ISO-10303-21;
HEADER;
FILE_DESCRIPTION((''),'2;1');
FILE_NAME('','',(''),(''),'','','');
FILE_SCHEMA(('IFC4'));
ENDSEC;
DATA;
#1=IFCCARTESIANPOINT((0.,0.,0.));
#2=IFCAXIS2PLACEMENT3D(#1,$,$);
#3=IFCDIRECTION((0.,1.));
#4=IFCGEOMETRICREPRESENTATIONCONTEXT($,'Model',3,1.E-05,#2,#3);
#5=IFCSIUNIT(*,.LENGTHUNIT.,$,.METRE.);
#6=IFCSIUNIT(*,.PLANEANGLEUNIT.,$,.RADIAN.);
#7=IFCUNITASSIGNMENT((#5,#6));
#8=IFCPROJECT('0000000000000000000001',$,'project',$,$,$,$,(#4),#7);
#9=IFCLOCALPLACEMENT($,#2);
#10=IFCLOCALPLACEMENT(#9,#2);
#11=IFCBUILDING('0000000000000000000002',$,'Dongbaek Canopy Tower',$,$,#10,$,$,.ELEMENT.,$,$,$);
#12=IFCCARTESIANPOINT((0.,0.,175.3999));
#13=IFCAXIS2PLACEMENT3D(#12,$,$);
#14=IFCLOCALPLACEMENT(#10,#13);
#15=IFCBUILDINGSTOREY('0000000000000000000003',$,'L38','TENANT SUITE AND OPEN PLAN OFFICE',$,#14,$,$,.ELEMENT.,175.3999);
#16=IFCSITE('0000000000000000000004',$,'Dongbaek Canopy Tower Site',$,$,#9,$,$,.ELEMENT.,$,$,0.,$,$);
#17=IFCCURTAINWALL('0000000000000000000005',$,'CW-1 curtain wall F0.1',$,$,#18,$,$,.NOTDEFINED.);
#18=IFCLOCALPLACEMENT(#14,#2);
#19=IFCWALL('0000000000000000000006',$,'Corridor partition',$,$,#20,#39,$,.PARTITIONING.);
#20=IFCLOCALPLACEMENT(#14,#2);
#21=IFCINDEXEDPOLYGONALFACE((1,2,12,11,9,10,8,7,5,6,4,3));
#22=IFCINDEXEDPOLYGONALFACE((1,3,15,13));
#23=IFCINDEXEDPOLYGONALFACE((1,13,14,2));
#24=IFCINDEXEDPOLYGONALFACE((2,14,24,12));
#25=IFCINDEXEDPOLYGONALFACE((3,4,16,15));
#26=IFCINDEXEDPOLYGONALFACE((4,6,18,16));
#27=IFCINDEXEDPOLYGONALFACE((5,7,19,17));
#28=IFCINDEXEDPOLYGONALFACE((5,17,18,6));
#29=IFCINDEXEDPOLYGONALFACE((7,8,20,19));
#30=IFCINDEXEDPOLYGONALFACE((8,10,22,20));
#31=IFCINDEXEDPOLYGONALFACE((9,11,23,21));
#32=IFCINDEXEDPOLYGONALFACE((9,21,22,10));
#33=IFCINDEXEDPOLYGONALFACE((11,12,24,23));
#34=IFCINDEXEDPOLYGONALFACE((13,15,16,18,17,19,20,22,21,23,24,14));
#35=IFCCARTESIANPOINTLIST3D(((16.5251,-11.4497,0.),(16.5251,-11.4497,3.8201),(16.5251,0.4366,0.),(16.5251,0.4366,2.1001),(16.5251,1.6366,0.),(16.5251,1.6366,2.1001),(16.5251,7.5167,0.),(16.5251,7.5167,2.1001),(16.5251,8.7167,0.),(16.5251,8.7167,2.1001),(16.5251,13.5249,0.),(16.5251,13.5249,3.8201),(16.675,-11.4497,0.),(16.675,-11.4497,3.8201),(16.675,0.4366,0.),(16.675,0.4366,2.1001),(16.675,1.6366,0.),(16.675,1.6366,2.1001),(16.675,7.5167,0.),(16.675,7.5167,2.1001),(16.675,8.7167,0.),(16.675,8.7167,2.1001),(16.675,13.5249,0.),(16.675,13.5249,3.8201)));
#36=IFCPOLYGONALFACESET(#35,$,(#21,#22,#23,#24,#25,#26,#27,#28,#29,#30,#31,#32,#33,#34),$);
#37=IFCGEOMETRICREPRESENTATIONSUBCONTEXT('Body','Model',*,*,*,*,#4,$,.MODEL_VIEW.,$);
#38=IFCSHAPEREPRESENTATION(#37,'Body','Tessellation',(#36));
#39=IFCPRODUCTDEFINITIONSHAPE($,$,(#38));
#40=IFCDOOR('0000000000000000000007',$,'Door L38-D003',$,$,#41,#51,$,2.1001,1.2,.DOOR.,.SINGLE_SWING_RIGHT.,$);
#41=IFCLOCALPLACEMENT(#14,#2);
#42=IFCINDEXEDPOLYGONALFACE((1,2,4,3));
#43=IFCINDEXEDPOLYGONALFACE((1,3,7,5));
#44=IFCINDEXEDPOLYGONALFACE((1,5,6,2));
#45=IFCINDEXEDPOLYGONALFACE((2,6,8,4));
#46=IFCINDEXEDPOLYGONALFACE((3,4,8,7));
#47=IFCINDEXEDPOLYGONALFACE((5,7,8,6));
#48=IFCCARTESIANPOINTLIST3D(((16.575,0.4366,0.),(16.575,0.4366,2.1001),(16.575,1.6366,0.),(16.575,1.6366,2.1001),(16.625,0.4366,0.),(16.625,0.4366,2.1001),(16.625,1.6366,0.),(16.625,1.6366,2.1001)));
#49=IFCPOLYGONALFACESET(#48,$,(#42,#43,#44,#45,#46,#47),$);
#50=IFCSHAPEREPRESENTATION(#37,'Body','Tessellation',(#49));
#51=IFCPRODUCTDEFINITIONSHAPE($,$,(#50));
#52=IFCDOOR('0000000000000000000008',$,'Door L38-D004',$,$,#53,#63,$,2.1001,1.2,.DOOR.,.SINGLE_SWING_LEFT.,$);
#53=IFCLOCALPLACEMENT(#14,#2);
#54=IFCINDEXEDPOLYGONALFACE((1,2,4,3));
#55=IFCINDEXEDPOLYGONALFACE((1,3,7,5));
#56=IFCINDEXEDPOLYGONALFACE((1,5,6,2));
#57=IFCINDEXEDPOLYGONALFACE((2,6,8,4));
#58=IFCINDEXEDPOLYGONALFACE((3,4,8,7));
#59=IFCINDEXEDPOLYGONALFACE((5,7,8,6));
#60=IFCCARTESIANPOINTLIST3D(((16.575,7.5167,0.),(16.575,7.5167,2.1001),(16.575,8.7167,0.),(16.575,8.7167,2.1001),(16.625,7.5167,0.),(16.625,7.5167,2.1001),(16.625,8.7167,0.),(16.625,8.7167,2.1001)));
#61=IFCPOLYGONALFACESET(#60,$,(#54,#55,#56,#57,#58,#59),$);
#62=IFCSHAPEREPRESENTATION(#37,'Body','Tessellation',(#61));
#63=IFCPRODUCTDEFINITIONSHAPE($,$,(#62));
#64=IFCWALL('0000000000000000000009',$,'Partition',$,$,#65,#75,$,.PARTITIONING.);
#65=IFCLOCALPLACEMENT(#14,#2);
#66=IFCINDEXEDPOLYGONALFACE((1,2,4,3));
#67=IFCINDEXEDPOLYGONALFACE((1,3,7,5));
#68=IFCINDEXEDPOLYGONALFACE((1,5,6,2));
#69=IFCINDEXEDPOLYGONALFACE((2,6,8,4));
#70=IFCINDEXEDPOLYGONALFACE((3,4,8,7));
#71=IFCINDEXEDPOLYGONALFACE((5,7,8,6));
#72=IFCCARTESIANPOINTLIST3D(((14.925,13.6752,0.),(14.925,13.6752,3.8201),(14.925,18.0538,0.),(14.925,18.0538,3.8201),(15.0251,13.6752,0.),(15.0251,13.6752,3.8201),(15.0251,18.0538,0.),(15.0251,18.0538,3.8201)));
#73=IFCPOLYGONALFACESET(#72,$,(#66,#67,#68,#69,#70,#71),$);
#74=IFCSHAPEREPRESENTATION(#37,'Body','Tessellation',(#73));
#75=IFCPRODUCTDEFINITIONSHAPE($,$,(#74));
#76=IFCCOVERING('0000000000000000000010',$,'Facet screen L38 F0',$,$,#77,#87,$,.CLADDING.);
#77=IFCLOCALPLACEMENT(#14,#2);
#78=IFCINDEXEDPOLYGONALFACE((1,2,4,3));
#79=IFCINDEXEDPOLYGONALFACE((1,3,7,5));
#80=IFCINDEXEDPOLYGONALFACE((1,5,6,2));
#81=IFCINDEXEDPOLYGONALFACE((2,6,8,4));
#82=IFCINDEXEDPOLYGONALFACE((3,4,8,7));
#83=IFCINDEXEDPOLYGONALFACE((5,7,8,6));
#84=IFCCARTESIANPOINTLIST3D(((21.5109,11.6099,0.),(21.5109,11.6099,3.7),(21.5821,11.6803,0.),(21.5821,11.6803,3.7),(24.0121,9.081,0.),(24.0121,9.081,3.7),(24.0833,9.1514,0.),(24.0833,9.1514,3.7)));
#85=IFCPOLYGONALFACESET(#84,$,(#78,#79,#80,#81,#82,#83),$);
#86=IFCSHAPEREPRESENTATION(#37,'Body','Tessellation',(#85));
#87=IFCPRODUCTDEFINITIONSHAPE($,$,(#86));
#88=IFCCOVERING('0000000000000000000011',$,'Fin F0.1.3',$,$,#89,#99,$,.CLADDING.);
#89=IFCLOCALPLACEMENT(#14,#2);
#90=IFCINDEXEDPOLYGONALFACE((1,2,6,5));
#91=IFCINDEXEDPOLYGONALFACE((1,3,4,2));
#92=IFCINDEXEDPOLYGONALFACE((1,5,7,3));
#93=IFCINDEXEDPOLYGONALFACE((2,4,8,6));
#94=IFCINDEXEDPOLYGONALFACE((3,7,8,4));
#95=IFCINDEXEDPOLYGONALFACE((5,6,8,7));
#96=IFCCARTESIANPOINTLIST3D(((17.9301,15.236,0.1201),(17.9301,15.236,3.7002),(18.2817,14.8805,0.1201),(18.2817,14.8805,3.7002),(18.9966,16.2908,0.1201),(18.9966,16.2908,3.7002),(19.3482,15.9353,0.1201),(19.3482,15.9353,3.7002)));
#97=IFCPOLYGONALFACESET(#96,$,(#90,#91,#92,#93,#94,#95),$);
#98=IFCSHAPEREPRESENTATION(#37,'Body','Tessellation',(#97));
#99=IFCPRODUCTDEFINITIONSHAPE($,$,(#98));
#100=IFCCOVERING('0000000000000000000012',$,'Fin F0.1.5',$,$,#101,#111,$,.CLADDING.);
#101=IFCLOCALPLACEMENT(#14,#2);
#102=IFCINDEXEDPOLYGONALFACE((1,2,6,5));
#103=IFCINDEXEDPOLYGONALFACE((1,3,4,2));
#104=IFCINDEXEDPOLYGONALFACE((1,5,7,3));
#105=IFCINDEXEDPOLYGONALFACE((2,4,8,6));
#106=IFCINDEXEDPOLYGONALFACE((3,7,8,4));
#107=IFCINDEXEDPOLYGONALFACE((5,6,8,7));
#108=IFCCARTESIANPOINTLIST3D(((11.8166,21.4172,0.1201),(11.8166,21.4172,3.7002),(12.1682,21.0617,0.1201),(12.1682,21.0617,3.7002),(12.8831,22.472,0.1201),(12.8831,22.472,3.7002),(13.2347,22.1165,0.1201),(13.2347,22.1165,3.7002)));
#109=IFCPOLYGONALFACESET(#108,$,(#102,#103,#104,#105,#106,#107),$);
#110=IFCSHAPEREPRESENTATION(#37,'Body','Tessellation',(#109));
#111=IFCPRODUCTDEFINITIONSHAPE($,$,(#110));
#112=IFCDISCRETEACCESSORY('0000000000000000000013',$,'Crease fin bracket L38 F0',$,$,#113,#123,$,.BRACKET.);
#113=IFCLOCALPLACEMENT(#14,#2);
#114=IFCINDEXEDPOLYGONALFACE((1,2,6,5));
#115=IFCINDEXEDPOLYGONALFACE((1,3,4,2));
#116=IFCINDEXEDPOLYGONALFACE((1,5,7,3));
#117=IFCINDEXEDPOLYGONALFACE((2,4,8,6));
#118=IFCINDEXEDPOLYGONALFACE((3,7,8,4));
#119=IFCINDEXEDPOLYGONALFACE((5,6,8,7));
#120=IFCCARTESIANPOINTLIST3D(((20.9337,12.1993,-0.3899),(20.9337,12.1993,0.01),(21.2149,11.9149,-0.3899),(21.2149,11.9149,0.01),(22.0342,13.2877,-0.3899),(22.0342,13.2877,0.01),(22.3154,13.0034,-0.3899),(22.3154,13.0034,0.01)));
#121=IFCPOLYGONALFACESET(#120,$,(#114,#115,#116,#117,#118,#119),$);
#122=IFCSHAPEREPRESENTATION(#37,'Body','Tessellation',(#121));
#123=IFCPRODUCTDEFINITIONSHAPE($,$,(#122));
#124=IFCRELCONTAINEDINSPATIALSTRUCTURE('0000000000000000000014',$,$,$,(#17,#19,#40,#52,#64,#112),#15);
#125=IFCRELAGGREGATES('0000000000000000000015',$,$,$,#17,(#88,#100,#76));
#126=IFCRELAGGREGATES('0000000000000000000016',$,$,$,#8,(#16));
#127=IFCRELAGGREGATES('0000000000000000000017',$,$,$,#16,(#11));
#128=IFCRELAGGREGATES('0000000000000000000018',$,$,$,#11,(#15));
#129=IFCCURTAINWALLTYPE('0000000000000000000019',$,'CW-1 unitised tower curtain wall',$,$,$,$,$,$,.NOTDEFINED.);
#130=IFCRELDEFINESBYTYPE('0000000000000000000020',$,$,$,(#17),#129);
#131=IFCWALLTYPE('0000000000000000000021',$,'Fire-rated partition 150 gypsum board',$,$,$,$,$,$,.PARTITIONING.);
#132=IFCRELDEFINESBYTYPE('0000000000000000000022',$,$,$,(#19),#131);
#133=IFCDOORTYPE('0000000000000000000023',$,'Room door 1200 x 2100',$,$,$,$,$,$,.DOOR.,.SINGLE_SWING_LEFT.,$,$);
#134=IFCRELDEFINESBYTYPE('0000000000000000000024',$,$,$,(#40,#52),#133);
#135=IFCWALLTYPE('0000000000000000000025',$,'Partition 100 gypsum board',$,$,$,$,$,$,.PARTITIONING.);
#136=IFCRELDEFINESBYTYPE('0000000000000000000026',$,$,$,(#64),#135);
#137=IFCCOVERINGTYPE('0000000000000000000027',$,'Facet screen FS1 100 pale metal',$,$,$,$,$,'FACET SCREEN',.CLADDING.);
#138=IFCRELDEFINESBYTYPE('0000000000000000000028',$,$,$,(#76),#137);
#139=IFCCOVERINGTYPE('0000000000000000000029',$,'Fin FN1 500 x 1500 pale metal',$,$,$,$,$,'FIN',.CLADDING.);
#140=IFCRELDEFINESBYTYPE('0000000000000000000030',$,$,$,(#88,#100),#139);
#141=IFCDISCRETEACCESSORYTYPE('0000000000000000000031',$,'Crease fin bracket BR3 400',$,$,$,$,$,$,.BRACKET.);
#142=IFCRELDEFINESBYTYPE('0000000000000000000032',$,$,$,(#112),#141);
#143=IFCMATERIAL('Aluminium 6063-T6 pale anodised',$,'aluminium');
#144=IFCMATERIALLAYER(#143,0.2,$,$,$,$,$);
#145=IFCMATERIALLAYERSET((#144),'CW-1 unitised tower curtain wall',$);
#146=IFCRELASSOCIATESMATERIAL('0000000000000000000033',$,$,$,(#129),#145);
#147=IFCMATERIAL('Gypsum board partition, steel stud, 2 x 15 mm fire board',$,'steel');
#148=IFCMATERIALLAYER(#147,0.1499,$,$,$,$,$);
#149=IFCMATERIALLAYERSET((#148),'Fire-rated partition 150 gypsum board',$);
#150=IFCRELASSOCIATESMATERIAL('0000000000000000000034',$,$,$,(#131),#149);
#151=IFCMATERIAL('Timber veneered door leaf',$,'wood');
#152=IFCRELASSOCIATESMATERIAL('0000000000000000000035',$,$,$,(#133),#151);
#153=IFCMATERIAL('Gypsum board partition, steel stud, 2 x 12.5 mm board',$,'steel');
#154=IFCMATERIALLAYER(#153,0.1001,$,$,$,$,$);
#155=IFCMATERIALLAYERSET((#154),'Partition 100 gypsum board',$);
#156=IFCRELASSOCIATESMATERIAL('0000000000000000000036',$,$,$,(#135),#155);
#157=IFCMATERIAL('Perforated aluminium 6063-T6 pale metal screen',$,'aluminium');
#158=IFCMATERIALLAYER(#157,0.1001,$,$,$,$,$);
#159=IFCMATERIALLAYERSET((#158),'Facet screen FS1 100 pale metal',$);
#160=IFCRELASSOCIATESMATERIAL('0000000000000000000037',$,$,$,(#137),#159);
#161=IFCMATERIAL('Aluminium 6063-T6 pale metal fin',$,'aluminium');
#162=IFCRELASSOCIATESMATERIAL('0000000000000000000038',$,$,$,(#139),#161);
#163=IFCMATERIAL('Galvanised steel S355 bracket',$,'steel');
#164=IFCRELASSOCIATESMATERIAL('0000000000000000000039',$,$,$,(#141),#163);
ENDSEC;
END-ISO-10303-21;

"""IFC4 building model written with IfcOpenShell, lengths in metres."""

from ifc_helpers import new_model, si_unit, direction, frame, frame_2d, origin, origin_2d, place, context, subcontext, project, spatial, rectangle, extrude, material, layer, layer_set, material_profile, profile_set, type_object, element, fill, aggregate, save


model = new_model("IFC4")

# Units and contexts
model_context = context("Model", 3, precision=1e-05, world=origin(), true_north=direction((0.0, 1.0)))
body_context = subcontext(model_context, "Body", "Model", "MODEL_VIEW")
ifc_project = project(units=[si_unit("LENGTHUNIT", "METRE"), si_unit("PLANEANGLEUNIT", "RADIAN")], contexts=[model_context])

# Site, building, storey
site_placement = place(None, origin())
site = spatial("IfcSite", under=ifc_project, at=site_placement, Name="Dongbaek Canopy Tower Site", CompositionType="ELEMENT", RefElevation=0.0)
building_placement = place(site_placement, origin())
building = spatial("IfcBuilding", under=site, at=building_placement, Name="Dongbaek Canopy Tower", CompositionType="ELEMENT")
storey_placement = place(building_placement, frame((0.0, 0.0, 175.3999)))
storey = spatial("IfcBuildingStorey", under=building, at=storey_placement, Name="L38", Description="TENANT SUITE AND OPEN PLAN OFFICE", CompositionType="ELEMENT", Elevation=175.3999)

# Curtain wall
ifc_material_1 = material(Name="Aluminium 6063-T6 pale anodised", Category="aluminium")
ifc_layer_1 = layer(ifc_material_1, 0.2)
ifc_layer_set_1 = layer_set([ifc_layer_1], Name="CW-1 unitised tower curtain wall")
curtain_wall_type = type_object("IfcCurtainWallType", Name="CW-1 unitised tower curtain wall", PredefinedType="NOTDEFINED", material=ifc_layer_set_1)
curtain_wall_placement = place(storey_placement, origin())
curtain_wall = element("IfcCurtainWall", 1, at=curtain_wall_placement, inside=storey, type_object=curtain_wall_type, Name="CW-1 curtain wall F0.1", PredefinedType="NOTDEFINED")

# Wall, openings, doors
ifc_material_2 = material(Name="Gypsum board partition, steel stud, 2 x 15 mm fire board", Category="steel")
ifc_layer_2 = layer(ifc_material_2, 0.1499)
ifc_layer_set_2 = layer_set([ifc_layer_2], Name="Fire-rated partition 150 gypsum board")
wall_type_1 = type_object("IfcWallType", Name="Fire-rated partition 150 gypsum board", PredefinedType="PARTITIONING", material=ifc_layer_set_2)
wall_1_placement = place(storey_placement, frame((16.6001, 13.5249, 0.0), z_axis=(0.0, 0.0, 1.0), x_axis=(0.0, -1.0, 0.0)))
wall_1 = element("IfcWall", 2, at=wall_1_placement, inside=storey, type_object=wall_type_1, Name="Corridor partition", PredefinedType="PARTITIONING", context=body_context, shape_type="SweptSolid", body=[
    extrude(rectangle(XDim=24.9746, YDim=0.1499, at=frame_2d((12.4873, 0.0))), origin(), (0.0, 0.0, 1.0), 3.8201),
])
opening_1_placement = place(wall_1_placement, frame((11.8882, 0.0, 0.0)))
opening_1 = element("IfcOpeningElement", 3, at=opening_1_placement, cuts=wall_1, PredefinedType="OPENING", context=body_context, shape_type="SweptSolid", body=[
    extrude(rectangle(XDim=1.2, YDim=2.1001, at=frame_2d((0.6001, 1.05))), frame((0.0, 0.085, 0.0), z_axis=(0.0, -1.0, 0.0), x_axis=(1.0, 0.0, 0.0)), (0.0, 0.0, 1.0), 0.1699),
])
opening_2_placement = place(wall_1_placement, frame((4.8081, 0.0, 0.0)))
opening_2 = element("IfcOpeningElement", 4, at=opening_2_placement, cuts=wall_1, PredefinedType="OPENING", context=body_context, shape_type="SweptSolid", body=[
    extrude(rectangle(XDim=1.2, YDim=2.1001, at=frame_2d((0.6001, 1.05))), frame((0.0, 0.085, 0.0), z_axis=(0.0, -1.0, 0.0), x_axis=(1.0, 0.0, 0.0)), (0.0, 0.0, 1.0), 0.1699),
])
ifc_material_3 = material(Name="Timber veneered door leaf", Category="wood")
door_type = type_object("IfcDoorType", Name="Room door 1200 x 2100", OperationType="SINGLE_SWING_LEFT", PredefinedType="DOOR", material=ifc_material_3)
door_1_placement = place(opening_1_placement, origin())
door_1 = element("IfcDoor", 5, at=door_1_placement, inside=storey, type_object=door_type, Name="Door L38-D003", OperationType="SINGLE_SWING_RIGHT", OverallHeight=2.1001, OverallWidth=1.2, PredefinedType="DOOR", context=body_context, shape_type="SweptSolid", body=[
    extrude(rectangle(XDim=1.2, YDim=2.1001, at=frame_2d((0.6001, 1.05))), frame((0.0, 0.0249, 0.0), z_axis=(0.0, -1.0, 0.0), x_axis=(1.0, 0.0, 0.0)), (0.0, 0.0, 1.0), 0.05),
])
fill(opening_1, door_1)
door_2_placement = place(opening_2_placement, origin())
door_2 = element("IfcDoor", 6, at=door_2_placement, inside=storey, type_object=door_type, Name="Door L38-D004", OperationType="SINGLE_SWING_LEFT", OverallHeight=2.1001, OverallWidth=1.2, PredefinedType="DOOR", context=body_context, shape_type="SweptSolid", body=[
    extrude(rectangle(XDim=1.2, YDim=2.1001, at=frame_2d((0.6001, 1.05))), frame((0.0, 0.0249, 0.0), z_axis=(0.0, -1.0, 0.0), x_axis=(1.0, 0.0, 0.0)), (0.0, 0.0, 1.0), 0.05),
])
fill(opening_2, door_2)

# Wall
ifc_material_4 = material(Name="Gypsum board partition, steel stud, 2 x 12.5 mm board", Category="steel")
ifc_layer_3 = layer(ifc_material_4, 0.1001)
ifc_layer_set_3 = layer_set([ifc_layer_3], Name="Partition 100 gypsum board")
wall_type_2 = type_object("IfcWallType", Name="Partition 100 gypsum board", PredefinedType="PARTITIONING", material=ifc_layer_set_3)
wall_2_placement = place(storey_placement, frame((14.9751, 13.675, 0.0), z_axis=(0.0, 0.0, 1.0), x_axis=(0.0, 1.0, 0.0)))
element("IfcWall", 7, at=wall_2_placement, inside=storey, type_object=wall_type_2, Name="Partition", PredefinedType="PARTITIONING", context=body_context, shape_type="SweptSolid", body=[
    extrude(rectangle(XDim=4.3787, YDim=0.1001, at=frame_2d((2.1895, 0.0))), origin(), (0.0, 0.0, 1.0), 3.8201),
])

# Coverings
ifc_material_5 = material(Name="Perforated aluminium 6063-T6 pale metal screen", Category="aluminium")
ifc_layer_4 = layer(ifc_material_5, 0.1001)
ifc_layer_set_4 = layer_set([ifc_layer_4], Name="Facet screen FS1 100 pale metal")
covering_type_1 = type_object("IfcCoveringType", Name="Facet screen FS1 100 pale metal", ElementType="FACET SCREEN", PredefinedType="CLADDING", material=ifc_layer_set_4)
covering_1_placement = place(storey_placement, frame((22.7971, 10.3806, 0.0), z_axis=(0.0, 0.0, 1.0), x_axis=(-0.703201, 0.710991, 0.0)))
covering_1 = element("IfcCovering", 8, at=covering_1_placement, type_object=covering_type_1, Name="Facet screen L38 F0", PredefinedType="CLADDING", context=body_context, shape_type="SweptSolid", body=[
    extrude(rectangle(XDim=3.5569, YDim=0.1001, at=origin_2d()), origin(), (0.0, 0.0, 1.0), 3.7),
])
ifc_material_6 = material(Name="Aluminium 6063-T6 pale metal fin", Category="aluminium")
ifc_material_profile_1 = material_profile(ifc_material_6, rectangle(XDim=1.5, YDim=0.5, at=origin_2d()), Name="Fin FN1 500 x 1500 pale metal")
ifc_profile_set_1 = profile_set([ifc_material_profile_1], Name="Aluminium 6063-T6 pale metal fin")
covering_type_2 = type_object("IfcCoveringType", Name="Fin FN1 500 x 1500 pale metal", ElementType="FIN", PredefinedType="CLADDING", material=ifc_profile_set_1)
covering_2_placement = place(storey_placement, frame((18.6392, 15.5857, 0.1201), z_axis=(0.0, 0.0, 1.0), x_axis=(0.710991, 0.703201, 0.0)))
covering_2 = element("IfcCovering", 9, at=covering_2_placement, type_object=covering_type_2, Name="Fin F0.1.3", PredefinedType="CLADDING", context=body_context, shape_type="SweptSolid", body=[
    extrude(rectangle(XDim=1.5, YDim=0.5, at=origin_2d()), origin(), (0.0, 0.0, 1.0), 3.5801),
])
covering_3_placement = place(storey_placement, frame((12.5256, 21.7668, 0.1201), z_axis=(0.0, 0.0, 1.0), x_axis=(0.710991, 0.703201, 0.0)))
covering_3 = element("IfcCovering", 10, at=covering_3_placement, type_object=covering_type_2, Name="Fin F0.1.5", PredefinedType="CLADDING", context=body_context, shape_type="SweptSolid", body=[
    extrude(rectangle(XDim=1.5, YDim=0.5, at=origin_2d()), origin(), (0.0, 0.0, 1.0), 3.5801),
])
aggregate(curtain_wall, [covering_2, covering_3, covering_1])

# Discrete accessory
ifc_material_7 = material(Name="Galvanised steel S355 bracket", Category="steel")
discrete_accessory_type = type_object("IfcDiscreteAccessoryType", Name="Crease fin bracket BR3 400", PredefinedType="BRACKET", material=ifc_material_7)
discrete_accessory_placement = place(storey_placement, frame((21.6245, 12.6013, -0.3899), z_axis=(0.0, 0.0, 1.0), x_axis=(0.710991, 0.703201, 0.0)))
element("IfcDiscreteAccessory", 11, at=discrete_accessory_placement, inside=storey, type_object=discrete_accessory_type, Name="Crease fin bracket L38 F0", PredefinedType="BRACKET", context=body_context, shape_type="SweptSolid", body=[
    extrude(rectangle(XDim=1.5479, YDim=0.3999, at=origin_2d()), origin(), (0.0, 0.0, 1.0), 0.3999),
])

save(model, "model.ifc")
